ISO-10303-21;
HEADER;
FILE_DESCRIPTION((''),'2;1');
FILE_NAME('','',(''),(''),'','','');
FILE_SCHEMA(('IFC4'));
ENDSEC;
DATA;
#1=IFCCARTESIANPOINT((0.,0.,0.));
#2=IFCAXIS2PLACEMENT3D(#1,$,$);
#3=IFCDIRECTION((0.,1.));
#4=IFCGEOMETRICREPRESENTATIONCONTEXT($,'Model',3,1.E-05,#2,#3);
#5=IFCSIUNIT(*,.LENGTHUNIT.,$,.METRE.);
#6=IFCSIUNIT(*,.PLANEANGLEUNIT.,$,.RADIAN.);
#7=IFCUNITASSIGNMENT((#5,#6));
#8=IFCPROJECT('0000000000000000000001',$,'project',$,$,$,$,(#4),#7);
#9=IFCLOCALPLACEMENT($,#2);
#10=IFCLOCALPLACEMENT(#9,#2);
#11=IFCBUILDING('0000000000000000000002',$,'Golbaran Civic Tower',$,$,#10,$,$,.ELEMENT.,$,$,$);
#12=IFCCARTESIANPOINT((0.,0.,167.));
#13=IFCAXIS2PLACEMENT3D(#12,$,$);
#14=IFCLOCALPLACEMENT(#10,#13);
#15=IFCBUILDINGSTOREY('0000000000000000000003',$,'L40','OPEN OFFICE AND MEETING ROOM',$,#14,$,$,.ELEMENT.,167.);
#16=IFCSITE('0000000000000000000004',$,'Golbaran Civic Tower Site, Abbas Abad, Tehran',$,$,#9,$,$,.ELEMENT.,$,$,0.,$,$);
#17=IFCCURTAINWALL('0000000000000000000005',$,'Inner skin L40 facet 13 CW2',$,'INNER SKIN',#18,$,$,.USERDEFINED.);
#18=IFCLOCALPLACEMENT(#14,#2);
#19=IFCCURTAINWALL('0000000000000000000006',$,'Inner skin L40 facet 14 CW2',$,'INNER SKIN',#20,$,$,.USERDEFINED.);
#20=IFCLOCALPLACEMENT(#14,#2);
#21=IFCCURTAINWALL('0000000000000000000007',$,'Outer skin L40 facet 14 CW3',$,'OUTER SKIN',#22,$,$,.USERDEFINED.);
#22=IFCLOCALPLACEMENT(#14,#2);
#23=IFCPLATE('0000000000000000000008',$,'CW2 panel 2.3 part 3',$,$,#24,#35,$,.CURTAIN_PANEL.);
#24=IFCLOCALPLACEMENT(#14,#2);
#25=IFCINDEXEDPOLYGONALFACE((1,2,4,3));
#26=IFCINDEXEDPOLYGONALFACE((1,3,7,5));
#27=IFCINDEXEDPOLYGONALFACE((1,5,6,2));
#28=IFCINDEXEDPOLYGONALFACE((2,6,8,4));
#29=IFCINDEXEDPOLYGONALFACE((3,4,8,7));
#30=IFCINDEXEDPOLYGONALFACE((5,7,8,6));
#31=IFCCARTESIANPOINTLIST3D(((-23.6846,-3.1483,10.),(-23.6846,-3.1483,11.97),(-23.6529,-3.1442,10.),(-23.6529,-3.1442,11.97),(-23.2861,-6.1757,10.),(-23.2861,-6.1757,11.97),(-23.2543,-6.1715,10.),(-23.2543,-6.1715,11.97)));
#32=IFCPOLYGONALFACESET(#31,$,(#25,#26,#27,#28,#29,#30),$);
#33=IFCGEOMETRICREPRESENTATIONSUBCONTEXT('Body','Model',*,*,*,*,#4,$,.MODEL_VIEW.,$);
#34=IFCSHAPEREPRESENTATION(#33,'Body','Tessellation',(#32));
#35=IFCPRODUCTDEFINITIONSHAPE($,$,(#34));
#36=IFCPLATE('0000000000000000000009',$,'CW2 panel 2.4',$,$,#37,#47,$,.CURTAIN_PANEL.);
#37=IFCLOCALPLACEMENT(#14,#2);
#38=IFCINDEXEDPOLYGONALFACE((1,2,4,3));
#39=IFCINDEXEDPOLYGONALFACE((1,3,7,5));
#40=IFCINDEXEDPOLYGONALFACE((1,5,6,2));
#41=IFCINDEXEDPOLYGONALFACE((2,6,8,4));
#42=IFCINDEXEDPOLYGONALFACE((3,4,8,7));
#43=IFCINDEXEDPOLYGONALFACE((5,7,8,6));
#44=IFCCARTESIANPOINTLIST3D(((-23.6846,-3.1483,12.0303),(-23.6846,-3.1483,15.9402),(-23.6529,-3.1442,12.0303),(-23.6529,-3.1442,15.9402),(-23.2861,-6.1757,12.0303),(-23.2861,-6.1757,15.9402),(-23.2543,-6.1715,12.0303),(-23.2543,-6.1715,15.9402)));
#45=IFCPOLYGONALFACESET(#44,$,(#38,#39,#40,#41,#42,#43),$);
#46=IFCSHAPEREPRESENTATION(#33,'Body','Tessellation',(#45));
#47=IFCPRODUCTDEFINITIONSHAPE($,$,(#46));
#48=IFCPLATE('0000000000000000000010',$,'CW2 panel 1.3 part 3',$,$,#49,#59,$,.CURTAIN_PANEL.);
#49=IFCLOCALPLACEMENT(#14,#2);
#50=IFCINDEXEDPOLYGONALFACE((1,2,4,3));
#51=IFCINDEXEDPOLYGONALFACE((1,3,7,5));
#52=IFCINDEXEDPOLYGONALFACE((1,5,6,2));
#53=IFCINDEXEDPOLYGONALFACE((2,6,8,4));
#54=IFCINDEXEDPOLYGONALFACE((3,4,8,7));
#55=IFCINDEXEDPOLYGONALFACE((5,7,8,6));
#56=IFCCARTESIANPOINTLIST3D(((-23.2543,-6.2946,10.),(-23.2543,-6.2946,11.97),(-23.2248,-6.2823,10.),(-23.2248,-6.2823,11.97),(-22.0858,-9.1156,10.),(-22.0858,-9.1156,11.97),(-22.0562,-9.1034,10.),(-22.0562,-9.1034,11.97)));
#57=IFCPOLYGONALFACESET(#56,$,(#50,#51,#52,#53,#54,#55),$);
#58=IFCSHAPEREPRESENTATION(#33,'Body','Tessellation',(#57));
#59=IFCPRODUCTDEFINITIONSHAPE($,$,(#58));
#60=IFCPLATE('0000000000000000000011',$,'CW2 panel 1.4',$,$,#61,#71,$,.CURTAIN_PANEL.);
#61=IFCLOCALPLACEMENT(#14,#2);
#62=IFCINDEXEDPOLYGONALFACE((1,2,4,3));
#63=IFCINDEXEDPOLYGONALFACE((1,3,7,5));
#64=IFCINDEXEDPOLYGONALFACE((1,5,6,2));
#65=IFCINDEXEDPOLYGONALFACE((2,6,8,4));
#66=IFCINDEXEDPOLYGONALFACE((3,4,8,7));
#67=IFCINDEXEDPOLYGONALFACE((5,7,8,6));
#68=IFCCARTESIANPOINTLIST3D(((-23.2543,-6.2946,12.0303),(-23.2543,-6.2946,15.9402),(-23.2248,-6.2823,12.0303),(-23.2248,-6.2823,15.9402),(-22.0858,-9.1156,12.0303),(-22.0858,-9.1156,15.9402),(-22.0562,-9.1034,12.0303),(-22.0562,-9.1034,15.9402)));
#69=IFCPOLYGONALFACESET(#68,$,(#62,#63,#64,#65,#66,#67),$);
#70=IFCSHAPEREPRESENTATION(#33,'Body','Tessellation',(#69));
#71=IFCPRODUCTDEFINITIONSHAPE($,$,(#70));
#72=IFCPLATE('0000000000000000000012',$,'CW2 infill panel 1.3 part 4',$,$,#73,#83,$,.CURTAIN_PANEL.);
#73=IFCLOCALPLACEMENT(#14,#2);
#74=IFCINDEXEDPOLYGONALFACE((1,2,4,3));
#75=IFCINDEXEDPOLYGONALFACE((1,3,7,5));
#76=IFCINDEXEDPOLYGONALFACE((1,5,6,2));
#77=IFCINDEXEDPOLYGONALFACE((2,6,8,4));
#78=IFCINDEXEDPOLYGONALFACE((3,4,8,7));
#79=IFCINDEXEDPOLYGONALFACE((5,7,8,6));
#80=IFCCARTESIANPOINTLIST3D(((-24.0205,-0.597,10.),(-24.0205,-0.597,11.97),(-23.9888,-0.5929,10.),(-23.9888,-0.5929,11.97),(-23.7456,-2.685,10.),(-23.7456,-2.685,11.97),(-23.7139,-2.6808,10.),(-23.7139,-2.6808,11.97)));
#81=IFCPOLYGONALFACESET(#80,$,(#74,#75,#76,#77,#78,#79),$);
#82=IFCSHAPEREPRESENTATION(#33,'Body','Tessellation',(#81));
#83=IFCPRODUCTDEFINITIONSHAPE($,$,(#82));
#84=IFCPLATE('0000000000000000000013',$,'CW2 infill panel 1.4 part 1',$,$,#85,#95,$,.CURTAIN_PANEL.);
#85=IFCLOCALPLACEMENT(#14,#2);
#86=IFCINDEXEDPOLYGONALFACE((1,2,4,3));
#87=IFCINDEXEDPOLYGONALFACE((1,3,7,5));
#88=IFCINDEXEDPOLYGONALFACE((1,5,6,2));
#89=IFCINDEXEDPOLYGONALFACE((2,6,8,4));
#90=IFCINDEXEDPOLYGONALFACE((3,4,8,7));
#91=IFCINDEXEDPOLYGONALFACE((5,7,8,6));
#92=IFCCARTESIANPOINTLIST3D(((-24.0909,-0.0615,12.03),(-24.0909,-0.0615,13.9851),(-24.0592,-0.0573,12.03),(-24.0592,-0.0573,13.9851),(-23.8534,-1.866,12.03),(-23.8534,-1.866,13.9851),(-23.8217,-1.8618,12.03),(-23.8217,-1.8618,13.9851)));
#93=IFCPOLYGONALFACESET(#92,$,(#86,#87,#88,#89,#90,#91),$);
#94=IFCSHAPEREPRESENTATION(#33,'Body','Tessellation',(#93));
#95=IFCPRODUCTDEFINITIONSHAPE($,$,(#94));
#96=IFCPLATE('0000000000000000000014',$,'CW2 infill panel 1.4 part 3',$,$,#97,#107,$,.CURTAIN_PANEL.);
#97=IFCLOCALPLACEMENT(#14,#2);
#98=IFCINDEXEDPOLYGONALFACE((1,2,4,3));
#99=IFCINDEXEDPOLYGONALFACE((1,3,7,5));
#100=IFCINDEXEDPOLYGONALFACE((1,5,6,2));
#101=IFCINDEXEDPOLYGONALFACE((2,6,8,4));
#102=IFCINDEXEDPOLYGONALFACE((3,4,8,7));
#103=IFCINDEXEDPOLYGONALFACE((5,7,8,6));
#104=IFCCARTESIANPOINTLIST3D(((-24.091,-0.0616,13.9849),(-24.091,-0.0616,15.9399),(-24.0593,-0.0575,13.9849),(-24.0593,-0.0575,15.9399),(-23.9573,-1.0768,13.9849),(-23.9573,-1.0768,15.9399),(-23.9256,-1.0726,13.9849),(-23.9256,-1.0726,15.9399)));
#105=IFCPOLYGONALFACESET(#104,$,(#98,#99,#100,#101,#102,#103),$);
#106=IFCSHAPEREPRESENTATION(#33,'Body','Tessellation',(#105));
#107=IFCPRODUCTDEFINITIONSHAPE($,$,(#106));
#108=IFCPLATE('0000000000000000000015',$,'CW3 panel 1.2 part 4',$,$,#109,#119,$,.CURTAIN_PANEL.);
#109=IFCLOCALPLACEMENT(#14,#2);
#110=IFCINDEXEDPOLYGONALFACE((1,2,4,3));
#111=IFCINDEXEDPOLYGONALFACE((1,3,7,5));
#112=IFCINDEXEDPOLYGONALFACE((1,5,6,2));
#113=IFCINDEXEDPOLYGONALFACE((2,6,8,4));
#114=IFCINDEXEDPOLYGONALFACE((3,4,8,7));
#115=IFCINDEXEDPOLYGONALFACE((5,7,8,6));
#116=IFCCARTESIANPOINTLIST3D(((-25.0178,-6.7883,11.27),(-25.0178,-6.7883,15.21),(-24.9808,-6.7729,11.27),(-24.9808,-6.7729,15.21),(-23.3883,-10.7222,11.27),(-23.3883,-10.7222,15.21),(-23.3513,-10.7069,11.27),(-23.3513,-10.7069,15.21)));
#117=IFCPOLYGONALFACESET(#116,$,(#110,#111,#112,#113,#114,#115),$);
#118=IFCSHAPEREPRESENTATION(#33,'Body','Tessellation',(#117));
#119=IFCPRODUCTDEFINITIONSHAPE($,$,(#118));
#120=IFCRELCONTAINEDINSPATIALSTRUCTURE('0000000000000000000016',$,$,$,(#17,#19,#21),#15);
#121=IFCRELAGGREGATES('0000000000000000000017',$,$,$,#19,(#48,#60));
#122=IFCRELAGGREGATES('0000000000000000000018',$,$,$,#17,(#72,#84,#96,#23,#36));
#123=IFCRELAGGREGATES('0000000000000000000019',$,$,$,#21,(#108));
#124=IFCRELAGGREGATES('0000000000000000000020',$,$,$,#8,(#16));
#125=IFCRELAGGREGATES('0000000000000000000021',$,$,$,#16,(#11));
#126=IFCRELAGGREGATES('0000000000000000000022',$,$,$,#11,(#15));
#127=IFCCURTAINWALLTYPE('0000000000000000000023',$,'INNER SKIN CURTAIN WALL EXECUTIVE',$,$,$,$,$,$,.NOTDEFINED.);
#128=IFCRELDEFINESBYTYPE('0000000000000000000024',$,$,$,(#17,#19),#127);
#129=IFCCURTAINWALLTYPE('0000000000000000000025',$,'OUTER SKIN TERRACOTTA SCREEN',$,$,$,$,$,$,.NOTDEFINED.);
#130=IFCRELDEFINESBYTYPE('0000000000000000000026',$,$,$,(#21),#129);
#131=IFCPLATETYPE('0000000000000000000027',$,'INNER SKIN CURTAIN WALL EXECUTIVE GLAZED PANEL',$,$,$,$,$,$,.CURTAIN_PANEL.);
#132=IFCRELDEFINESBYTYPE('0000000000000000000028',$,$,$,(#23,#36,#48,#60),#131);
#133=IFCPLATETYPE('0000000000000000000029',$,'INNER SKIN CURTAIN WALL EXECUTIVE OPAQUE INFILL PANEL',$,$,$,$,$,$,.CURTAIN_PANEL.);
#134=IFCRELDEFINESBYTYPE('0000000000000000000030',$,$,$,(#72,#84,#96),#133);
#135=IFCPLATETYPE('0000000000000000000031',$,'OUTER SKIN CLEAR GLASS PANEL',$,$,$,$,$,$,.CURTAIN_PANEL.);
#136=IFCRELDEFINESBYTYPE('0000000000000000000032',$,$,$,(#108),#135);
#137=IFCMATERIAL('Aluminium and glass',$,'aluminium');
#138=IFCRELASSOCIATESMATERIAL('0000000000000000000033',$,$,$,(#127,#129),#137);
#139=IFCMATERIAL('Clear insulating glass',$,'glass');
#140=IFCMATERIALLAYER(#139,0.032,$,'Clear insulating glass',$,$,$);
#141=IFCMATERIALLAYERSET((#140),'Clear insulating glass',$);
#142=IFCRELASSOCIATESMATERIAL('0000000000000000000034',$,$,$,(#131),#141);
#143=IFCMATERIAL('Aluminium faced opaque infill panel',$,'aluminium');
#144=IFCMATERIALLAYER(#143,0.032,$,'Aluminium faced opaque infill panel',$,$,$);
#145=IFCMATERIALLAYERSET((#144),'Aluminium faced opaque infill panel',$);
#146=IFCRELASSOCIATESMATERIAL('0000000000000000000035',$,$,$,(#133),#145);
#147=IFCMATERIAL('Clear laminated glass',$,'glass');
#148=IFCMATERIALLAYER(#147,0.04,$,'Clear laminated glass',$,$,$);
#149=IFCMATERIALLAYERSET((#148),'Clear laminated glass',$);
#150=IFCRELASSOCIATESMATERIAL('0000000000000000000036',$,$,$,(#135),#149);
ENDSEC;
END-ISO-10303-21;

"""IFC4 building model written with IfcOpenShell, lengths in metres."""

from ifc_helpers import new_model, si_unit, direction, frame, origin, origin_2d, place, context, subcontext, project, spatial, rectangle, extrude, material, layer, layer_set, type_object, element, aggregate, save


model = new_model("IFC4")

# Units and contexts
model_context = context("Model", 3, precision=1e-05, world=origin(), true_north=direction((0.0, 1.0)))
body_context = subcontext(model_context, "Body", "Model", "MODEL_VIEW")
ifc_project = project(units=[si_unit("LENGTHUNIT", "METRE"), si_unit("PLANEANGLEUNIT", "RADIAN")], contexts=[model_context])

# Site, building, storey
site_placement = place(None, origin())
site = spatial("IfcSite", under=ifc_project, at=site_placement, Name="Golbaran Civic Tower Site, Abbas Abad, Tehran", CompositionType="ELEMENT", RefElevation=0.0)
building_placement = place(site_placement, origin())
building = spatial("IfcBuilding", under=site, at=building_placement, Name="Golbaran Civic Tower", CompositionType="ELEMENT")
storey_placement = place(building_placement, frame((0.0, 0.0, 167.0)))
storey = spatial("IfcBuildingStorey", under=building, at=storey_placement, Name="L40", Description="OPEN OFFICE AND MEETING ROOM", CompositionType="ELEMENT", Elevation=167.0)

# Curtain walls
ifc_material_1 = material(Name="Aluminium and glass", Category="aluminium")
curtain_wall_type_1 = type_object("IfcCurtainWallType", Name="INNER SKIN CURTAIN WALL EXECUTIVE", PredefinedType="NOTDEFINED", material=ifc_material_1)
curtain_wall_1_placement = place(storey_placement, origin())
curtain_wall_1 = element("IfcCurtainWall", 1, at=curtain_wall_1_placement, inside=storey, type_object=curtain_wall_type_1, Name="Inner skin L40 facet 13 CW2", ObjectType="INNER SKIN", PredefinedType="USERDEFINED")
curtain_wall_2_placement = place(storey_placement, origin())
curtain_wall_2 = element("IfcCurtainWall", 2, at=curtain_wall_2_placement, inside=storey, type_object=curtain_wall_type_1, Name="Inner skin L40 facet 14 CW2", ObjectType="INNER SKIN", PredefinedType="USERDEFINED")

# Curtain wall
curtain_wall_type_2 = type_object("IfcCurtainWallType", Name="OUTER SKIN TERRACOTTA SCREEN", PredefinedType="NOTDEFINED", material=ifc_material_1)
curtain_wall_3_placement = place(storey_placement, origin())
curtain_wall_3 = element("IfcCurtainWall", 3, at=curtain_wall_3_placement, inside=storey, type_object=curtain_wall_type_2, Name="Outer skin L40 facet 14 CW3", ObjectType="OUTER SKIN", PredefinedType="USERDEFINED")

# Plates
ifc_material_2 = material(Name="Clear insulating glass", Category="glass")
ifc_layer_1 = layer(ifc_material_2, 0.032, Name="Clear insulating glass")
ifc_layer_set_1 = layer_set([ifc_layer_1], Name="Clear insulating glass")
plate_type_1 = type_object("IfcPlateType", Name="INNER SKIN CURTAIN WALL EXECUTIVE GLAZED PANEL", PredefinedType="CURTAIN_PANEL", material=ifc_layer_set_1)
plate_1_placement = place(storey_placement, frame((-23.4695, -4.6599, 10.0), z_axis=(0.0, 0.0, 1.0), x_axis=(0.130526, -0.991445, 0.0)))
plate_1 = element("IfcPlate", 4, at=plate_1_placement, type_object=plate_type_1, Name="CW2 panel 2.3 part 3", PredefinedType="CURTAIN_PANEL", context=body_context, shape_type="SweptSolid", body=[
    extrude(rectangle(XDim=3.0535, YDim=0.032, at=origin_2d()), origin(), (0.0, 0.0, 1.0), 1.97),
])
plate_2_placement = place(storey_placement, frame((-23.4695, -4.6599, 12.0303), z_axis=(0.0, 0.0, 1.0), x_axis=(0.130526, -0.991445, 0.0)))
plate_2 = element("IfcPlate", 5, at=plate_2_placement, type_object=plate_type_1, Name="CW2 panel 2.4", PredefinedType="CURTAIN_PANEL", context=body_context, shape_type="SweptSolid", body=[
    extrude(rectangle(XDim=3.0535, YDim=0.032, at=origin_2d()), origin(), (0.0, 0.0, 1.0), 3.9099),
])
plate_3_placement = place(storey_placement, frame((-22.6553, -7.699, 10.0), z_axis=(0.0, 0.0, 1.0), x_axis=(0.382683, -0.92388, 0.0)))
plate_3 = element("IfcPlate", 6, at=plate_3_placement, type_object=plate_type_1, Name="CW2 panel 1.3 part 3", PredefinedType="CURTAIN_PANEL", context=body_context, shape_type="SweptSolid", body=[
    extrude(rectangle(XDim=3.0535, YDim=0.032, at=origin_2d()), origin(), (0.0, 0.0, 1.0), 1.97),
])
plate_4_placement = place(storey_placement, frame((-22.6553, -7.699, 12.0303), z_axis=(0.0, 0.0, 1.0), x_axis=(0.382683, -0.92388, 0.0)))
plate_4 = element("IfcPlate", 7, at=plate_4_placement, type_object=plate_type_1, Name="CW2 panel 1.4", PredefinedType="CURTAIN_PANEL", context=body_context, shape_type="SweptSolid", body=[
    extrude(rectangle(XDim=3.0535, YDim=0.032, at=origin_2d()), origin(), (0.0, 0.0, 1.0), 3.9099),
])
aggregate(curtain_wall_2, [plate_3, plate_4])
ifc_material_3 = material(Name="Aluminium faced opaque infill panel", Category="aluminium")
ifc_layer_2 = layer(ifc_material_3, 0.032, Name="Aluminium faced opaque infill panel")
ifc_layer_set_2 = layer_set([ifc_layer_2], Name="Aluminium faced opaque infill panel")
plate_type_2 = type_object("IfcPlateType", Name="INNER SKIN CURTAIN WALL EXECUTIVE OPAQUE INFILL PANEL", PredefinedType="CURTAIN_PANEL", material=ifc_layer_set_2)
plate_5_placement = place(storey_placement, frame((-23.8672, -1.6389, 10.0), z_axis=(0.0, 0.0, 1.0), x_axis=(0.130526, -0.991445, 0.0)))
plate_5 = element("IfcPlate", 8, at=plate_5_placement, type_object=plate_type_2, Name="CW2 infill panel 1.3 part 4", PredefinedType="CURTAIN_PANEL", context=body_context, shape_type="SweptSolid", body=[
    extrude(rectangle(XDim=2.106, YDim=0.032, at=origin_2d()), origin(), (0.0, 0.0, 1.0), 1.97),
])
plate_6_placement = place(storey_placement, frame((-23.9563, -0.9617, 12.03), z_axis=(0.0, 0.0, 1.0), x_axis=(0.130526, -0.991445, 0.0)))
plate_6 = element("IfcPlate", 9, at=plate_6_placement, type_object=plate_type_2, Name="CW2 infill panel 1.4 part 1", PredefinedType="CURTAIN_PANEL", context=body_context, shape_type="SweptSolid", body=[
    extrude(rectangle(XDim=1.8201, YDim=0.032, at=origin_2d()), origin(), (0.0, 0.0, 1.0), 1.9551),
])
plate_7_placement = place(storey_placement, frame((-24.0083, -0.5671, 13.9849), z_axis=(0.0, 0.0, 1.0), x_axis=(0.130526, -0.991445, 0.0)))
plate_7 = element("IfcPlate", 10, at=plate_7_placement, type_object=plate_type_2, Name="CW2 infill panel 1.4 part 3", PredefinedType="CURTAIN_PANEL", context=body_context, shape_type="SweptSolid", body=[
    extrude(rectangle(XDim=1.0239, YDim=0.032, at=origin_2d()), origin(), (0.0, 0.0, 1.0), 1.9551),
])
aggregate(curtain_wall_1, [plate_5, plate_6, plate_7, plate_1, plate_2])
ifc_material_4 = material(Name="Clear laminated glass", Category="glass")
ifc_layer_3 = layer(ifc_material_4, 0.04, Name="Clear laminated glass")
ifc_layer_set_3 = layer_set([ifc_layer_3], Name="Clear laminated glass")
plate_type_3 = type_object("IfcPlateType", Name="OUTER SKIN CLEAR GLASS PANEL", PredefinedType="CURTAIN_PANEL", material=ifc_layer_set_3)
plate_8_placement = place(storey_placement, frame((-24.1846, -8.7476, 11.27), z_axis=(0.0, 0.0, 1.0), x_axis=(0.382683, -0.92388, 0.0)))
plate_8 = element("IfcPlate", 11, at=plate_8_placement, type_object=plate_type_3, Name="CW3 panel 1.2 part 4", PredefinedType="CURTAIN_PANEL", context=body_context, shape_type="SweptSolid", body=[
    extrude(rectangle(XDim=4.2581, YDim=0.04, at=origin_2d()), origin(), (0.0, 0.0, 1.0), 3.9399),
])
aggregate(curtain_wall_3, [plate_8])

save(model, "model.ifc")
